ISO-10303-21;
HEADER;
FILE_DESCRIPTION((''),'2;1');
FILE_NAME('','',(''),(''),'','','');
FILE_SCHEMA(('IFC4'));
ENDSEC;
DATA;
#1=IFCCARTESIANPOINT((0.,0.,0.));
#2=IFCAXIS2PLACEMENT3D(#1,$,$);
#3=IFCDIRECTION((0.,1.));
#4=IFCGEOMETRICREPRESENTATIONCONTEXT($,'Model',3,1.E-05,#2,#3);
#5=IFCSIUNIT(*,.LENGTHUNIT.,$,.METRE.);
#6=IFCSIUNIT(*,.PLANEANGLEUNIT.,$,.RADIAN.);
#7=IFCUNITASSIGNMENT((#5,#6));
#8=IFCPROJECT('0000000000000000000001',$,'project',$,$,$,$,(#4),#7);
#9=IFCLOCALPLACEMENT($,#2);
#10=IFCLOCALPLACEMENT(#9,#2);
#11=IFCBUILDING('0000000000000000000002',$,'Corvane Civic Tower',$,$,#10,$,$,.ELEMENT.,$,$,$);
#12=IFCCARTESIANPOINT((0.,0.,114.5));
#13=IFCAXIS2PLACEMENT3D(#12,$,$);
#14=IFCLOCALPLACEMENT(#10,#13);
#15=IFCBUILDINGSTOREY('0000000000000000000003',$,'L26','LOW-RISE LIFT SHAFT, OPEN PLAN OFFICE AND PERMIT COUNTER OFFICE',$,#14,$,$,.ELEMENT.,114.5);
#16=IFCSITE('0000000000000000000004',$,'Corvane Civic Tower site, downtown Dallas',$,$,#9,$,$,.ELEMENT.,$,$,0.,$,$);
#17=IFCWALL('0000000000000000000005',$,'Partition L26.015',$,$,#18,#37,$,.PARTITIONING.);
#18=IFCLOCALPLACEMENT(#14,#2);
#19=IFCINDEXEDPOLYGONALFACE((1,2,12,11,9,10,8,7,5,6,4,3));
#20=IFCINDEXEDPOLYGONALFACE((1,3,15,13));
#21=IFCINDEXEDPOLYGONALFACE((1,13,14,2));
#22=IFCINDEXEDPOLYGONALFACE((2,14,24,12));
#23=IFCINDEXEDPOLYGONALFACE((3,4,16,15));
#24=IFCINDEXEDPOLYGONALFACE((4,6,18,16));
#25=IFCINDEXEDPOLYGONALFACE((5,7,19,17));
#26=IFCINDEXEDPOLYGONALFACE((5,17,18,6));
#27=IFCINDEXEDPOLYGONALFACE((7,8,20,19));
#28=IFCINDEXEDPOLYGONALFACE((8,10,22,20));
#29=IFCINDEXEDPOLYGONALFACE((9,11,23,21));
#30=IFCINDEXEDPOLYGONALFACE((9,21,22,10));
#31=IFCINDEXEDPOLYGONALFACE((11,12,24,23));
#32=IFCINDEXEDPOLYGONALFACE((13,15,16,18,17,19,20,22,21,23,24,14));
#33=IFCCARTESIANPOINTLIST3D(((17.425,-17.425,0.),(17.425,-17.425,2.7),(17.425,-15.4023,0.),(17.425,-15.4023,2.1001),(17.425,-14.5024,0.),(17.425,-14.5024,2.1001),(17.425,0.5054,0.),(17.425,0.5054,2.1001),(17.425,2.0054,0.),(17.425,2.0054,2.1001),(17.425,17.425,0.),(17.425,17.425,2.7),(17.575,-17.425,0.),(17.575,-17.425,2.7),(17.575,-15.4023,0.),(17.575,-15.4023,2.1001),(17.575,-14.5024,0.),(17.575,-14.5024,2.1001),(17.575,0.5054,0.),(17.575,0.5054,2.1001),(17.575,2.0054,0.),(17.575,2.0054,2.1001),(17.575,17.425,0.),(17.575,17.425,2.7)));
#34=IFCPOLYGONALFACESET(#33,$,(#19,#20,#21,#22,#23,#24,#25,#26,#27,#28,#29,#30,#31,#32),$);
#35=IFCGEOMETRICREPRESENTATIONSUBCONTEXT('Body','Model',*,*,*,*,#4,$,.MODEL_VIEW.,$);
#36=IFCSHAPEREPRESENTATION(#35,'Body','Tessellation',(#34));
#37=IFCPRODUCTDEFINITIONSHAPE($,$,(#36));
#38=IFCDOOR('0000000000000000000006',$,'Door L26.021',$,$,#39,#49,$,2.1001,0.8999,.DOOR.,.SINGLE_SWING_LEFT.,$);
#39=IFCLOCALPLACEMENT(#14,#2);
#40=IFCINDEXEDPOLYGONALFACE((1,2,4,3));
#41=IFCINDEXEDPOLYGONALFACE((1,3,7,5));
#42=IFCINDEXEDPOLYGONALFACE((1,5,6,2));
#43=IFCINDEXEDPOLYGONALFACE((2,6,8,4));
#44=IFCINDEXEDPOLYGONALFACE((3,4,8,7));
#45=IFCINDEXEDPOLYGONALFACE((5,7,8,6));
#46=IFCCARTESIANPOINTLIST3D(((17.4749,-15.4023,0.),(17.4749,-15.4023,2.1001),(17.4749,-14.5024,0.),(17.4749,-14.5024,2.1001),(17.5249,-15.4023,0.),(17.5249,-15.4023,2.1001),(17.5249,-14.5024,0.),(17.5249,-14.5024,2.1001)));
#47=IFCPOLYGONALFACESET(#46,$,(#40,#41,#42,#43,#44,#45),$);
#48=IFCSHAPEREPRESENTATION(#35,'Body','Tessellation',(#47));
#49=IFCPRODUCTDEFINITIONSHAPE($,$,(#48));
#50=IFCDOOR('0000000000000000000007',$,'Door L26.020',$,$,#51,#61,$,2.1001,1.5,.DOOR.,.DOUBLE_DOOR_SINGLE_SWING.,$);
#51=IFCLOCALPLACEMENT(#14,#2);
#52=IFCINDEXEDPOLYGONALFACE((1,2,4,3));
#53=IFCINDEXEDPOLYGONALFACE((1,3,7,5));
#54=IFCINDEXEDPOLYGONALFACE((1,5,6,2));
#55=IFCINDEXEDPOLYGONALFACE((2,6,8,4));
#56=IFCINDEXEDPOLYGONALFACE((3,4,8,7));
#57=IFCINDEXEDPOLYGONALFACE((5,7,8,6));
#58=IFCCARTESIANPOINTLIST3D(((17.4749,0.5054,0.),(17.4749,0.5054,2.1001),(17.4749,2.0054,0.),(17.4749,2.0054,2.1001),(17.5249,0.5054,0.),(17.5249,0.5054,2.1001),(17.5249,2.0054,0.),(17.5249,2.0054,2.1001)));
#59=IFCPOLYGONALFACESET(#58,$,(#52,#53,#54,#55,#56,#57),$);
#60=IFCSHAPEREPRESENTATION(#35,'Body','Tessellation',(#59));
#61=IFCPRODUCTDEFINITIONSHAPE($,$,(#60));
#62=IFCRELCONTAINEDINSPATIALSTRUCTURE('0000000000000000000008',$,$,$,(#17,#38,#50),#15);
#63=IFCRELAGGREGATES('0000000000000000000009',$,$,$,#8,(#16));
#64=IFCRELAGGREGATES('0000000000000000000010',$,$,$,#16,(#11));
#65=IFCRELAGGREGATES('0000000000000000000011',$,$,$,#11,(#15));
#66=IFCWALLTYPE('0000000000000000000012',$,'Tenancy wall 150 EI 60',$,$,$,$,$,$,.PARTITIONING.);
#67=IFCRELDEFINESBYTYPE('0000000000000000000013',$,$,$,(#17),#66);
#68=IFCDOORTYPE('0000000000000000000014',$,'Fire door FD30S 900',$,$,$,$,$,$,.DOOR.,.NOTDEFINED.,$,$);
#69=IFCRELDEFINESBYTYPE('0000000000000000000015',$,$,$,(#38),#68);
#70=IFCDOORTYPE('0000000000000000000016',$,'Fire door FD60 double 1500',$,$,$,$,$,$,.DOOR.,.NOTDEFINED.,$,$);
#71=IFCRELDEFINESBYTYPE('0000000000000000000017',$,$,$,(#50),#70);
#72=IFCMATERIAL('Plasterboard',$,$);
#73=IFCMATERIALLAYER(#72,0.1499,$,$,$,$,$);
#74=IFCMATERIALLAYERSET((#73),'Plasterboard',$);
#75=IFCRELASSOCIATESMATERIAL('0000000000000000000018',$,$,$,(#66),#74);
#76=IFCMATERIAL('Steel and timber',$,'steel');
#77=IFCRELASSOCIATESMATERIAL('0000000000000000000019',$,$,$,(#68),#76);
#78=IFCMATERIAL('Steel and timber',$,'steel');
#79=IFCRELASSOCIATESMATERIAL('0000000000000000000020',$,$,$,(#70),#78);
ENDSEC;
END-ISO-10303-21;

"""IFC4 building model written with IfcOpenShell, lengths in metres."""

from ifc_helpers import new_model, si_unit, direction, frame, frame_2d, origin, place, context, subcontext, project, spatial, rectangle, extrude, material, layer, layer_set, type_object, element, fill, save


model = new_model("IFC4")

# Units and contexts
model_context = context("Model", 3, precision=1e-05, world=origin(), true_north=direction((0.0, 1.0)))
body_context = subcontext(model_context, "Body", "Model", "MODEL_VIEW")
ifc_project = project(units=[si_unit("LENGTHUNIT", "METRE"), si_unit("PLANEANGLEUNIT", "RADIAN")], contexts=[model_context])

# Site, building, storey
site_placement = place(None, origin())
site = spatial("IfcSite", under=ifc_project, at=site_placement, Name="Corvane Civic Tower site, downtown Dallas", CompositionType="ELEMENT", RefElevation=0.0)
building_placement = place(site_placement, origin())
building = spatial("IfcBuilding", under=site, at=building_placement, Name="Corvane Civic Tower", CompositionType="ELEMENT")
storey_placement = place(building_placement, frame((0.0, 0.0, 114.5)))
storey = spatial("IfcBuildingStorey", under=building, at=storey_placement, Name="L26", Description="LOW-RISE LIFT SHAFT, OPEN PLAN OFFICE AND PERMIT COUNTER OFFICE", CompositionType="ELEMENT", Elevation=114.5)

# Wall, openings, doors
ifc_material_1 = material(Name="Plasterboard")
ifc_layer_1 = layer(ifc_material_1, 0.1499)
ifc_layer_set_1 = layer_set([ifc_layer_1], Name="Plasterboard")
wall_type_1 = type_object("IfcWallType", Name="Tenancy wall 150 EI 60", PredefinedType="PARTITIONING", material=ifc_layer_set_1)
wall_1_placement = place(storey_placement, frame((17.5, -17.425, 0.0), z_axis=(0.0, 0.0, 1.0), x_axis=(0.0, 1.0, 0.0)))
wall_1 = element("IfcWall", 1, at=wall_1_placement, inside=storey, type_object=wall_type_1, Name="Partition L26.015", PredefinedType="PARTITIONING", context=body_context, shape_type="SweptSolid", body=[
    extrude(rectangle(XDim=34.8501, YDim=0.1499, at=frame_2d((17.425, 0.0))), origin(), (0.0, 0.0, 1.0), 2.7),
])
opening_1_placement = place(wall_1_placement, frame((17.9304, 0.0, 0.0)))
opening_1 = element("IfcOpeningElement", 2, at=opening_1_placement, cuts=wall_1, PredefinedType="OPENING", context=body_context, shape_type="SweptSolid", body=[
    extrude(rectangle(XDim=1.5, YDim=2.1001, at=frame_2d((0.75, 1.05))), frame((0.0, 0.085, 0.0), z_axis=(0.0, -1.0, 0.0), x_axis=(1.0, 0.0, 0.0)), (0.0, 0.0, 1.0), 0.1699),
])
opening_2_placement = place(wall_1_placement, frame((2.0227, 0.0, 0.0)))
opening_2 = element("IfcOpeningElement", 3, at=opening_2_placement, cuts=wall_1, PredefinedType="OPENING", context=body_context, shape_type="SweptSolid", body=[
    extrude(rectangle(XDim=0.8999, YDim=2.1001, at=frame_2d((0.45, 1.05))), frame((0.0, 0.085, 0.0), z_axis=(0.0, -1.0, 0.0), x_axis=(1.0, 0.0, 0.0)), (0.0, 0.0, 1.0), 0.1699),
])
ifc_material_2 = material(Name="Steel and timber", Category="steel")
door_type_1 = type_object("IfcDoorType", Name="Fire door FD30S 900", OperationType="NOTDEFINED", PredefinedType="DOOR", material=ifc_material_2)
door_1_placement = place(opening_2_placement, frame((0.8999, 0.0, 0.0), z_axis=(0.0, 0.0, 1.0), x_axis=(-1.0, 0.0, 0.0)))
door_1 = element("IfcDoor", 4, at=door_1_placement, inside=storey, type_object=door_type_1, Name="Door L26.021", OperationType="SINGLE_SWING_LEFT", OverallHeight=2.1001, OverallWidth=0.8999, PredefinedType="DOOR", context=body_context, shape_type="SweptSolid", body=[
    extrude(rectangle(XDim=0.8999, YDim=2.1001, at=frame_2d((0.45, 1.05))), frame((0.0, 0.0249, 0.0), z_axis=(0.0, -1.0, 0.0), x_axis=(1.0, 0.0, 0.0)), (0.0, 0.0, 1.0), 0.05),
])
fill(opening_2, door_1)
ifc_material_3 = material(Name="Steel and timber", Category="steel")
door_type_2 = type_object("IfcDoorType", Name="Fire door FD60 double 1500", OperationType="NOTDEFINED", PredefinedType="DOOR", material=ifc_material_3)
door_2_placement = place(opening_1_placement, frame((1.5, 0.0, 0.0), z_axis=(0.0, 0.0, 1.0), x_axis=(-1.0, 0.0, 0.0)))
door_2 = element("IfcDoor", 5, at=door_2_placement, inside=storey, type_object=door_type_2, Name="Door L26.020", OperationType="DOUBLE_DOOR_SINGLE_SWING", OverallHeight=2.1001, OverallWidth=1.5, PredefinedType="DOOR", context=body_context, shape_type="SweptSolid", body=[
    extrude(rectangle(XDim=1.5, YDim=2.1001, at=frame_2d((0.75, 1.05))), frame((0.0, 0.0249, 0.0), z_axis=(0.0, -1.0, 0.0), x_axis=(1.0, 0.0, 0.0)), (0.0, 0.0, 1.0), 0.05),
])
fill(opening_1, door_2)

save(model, "model.ifc")
